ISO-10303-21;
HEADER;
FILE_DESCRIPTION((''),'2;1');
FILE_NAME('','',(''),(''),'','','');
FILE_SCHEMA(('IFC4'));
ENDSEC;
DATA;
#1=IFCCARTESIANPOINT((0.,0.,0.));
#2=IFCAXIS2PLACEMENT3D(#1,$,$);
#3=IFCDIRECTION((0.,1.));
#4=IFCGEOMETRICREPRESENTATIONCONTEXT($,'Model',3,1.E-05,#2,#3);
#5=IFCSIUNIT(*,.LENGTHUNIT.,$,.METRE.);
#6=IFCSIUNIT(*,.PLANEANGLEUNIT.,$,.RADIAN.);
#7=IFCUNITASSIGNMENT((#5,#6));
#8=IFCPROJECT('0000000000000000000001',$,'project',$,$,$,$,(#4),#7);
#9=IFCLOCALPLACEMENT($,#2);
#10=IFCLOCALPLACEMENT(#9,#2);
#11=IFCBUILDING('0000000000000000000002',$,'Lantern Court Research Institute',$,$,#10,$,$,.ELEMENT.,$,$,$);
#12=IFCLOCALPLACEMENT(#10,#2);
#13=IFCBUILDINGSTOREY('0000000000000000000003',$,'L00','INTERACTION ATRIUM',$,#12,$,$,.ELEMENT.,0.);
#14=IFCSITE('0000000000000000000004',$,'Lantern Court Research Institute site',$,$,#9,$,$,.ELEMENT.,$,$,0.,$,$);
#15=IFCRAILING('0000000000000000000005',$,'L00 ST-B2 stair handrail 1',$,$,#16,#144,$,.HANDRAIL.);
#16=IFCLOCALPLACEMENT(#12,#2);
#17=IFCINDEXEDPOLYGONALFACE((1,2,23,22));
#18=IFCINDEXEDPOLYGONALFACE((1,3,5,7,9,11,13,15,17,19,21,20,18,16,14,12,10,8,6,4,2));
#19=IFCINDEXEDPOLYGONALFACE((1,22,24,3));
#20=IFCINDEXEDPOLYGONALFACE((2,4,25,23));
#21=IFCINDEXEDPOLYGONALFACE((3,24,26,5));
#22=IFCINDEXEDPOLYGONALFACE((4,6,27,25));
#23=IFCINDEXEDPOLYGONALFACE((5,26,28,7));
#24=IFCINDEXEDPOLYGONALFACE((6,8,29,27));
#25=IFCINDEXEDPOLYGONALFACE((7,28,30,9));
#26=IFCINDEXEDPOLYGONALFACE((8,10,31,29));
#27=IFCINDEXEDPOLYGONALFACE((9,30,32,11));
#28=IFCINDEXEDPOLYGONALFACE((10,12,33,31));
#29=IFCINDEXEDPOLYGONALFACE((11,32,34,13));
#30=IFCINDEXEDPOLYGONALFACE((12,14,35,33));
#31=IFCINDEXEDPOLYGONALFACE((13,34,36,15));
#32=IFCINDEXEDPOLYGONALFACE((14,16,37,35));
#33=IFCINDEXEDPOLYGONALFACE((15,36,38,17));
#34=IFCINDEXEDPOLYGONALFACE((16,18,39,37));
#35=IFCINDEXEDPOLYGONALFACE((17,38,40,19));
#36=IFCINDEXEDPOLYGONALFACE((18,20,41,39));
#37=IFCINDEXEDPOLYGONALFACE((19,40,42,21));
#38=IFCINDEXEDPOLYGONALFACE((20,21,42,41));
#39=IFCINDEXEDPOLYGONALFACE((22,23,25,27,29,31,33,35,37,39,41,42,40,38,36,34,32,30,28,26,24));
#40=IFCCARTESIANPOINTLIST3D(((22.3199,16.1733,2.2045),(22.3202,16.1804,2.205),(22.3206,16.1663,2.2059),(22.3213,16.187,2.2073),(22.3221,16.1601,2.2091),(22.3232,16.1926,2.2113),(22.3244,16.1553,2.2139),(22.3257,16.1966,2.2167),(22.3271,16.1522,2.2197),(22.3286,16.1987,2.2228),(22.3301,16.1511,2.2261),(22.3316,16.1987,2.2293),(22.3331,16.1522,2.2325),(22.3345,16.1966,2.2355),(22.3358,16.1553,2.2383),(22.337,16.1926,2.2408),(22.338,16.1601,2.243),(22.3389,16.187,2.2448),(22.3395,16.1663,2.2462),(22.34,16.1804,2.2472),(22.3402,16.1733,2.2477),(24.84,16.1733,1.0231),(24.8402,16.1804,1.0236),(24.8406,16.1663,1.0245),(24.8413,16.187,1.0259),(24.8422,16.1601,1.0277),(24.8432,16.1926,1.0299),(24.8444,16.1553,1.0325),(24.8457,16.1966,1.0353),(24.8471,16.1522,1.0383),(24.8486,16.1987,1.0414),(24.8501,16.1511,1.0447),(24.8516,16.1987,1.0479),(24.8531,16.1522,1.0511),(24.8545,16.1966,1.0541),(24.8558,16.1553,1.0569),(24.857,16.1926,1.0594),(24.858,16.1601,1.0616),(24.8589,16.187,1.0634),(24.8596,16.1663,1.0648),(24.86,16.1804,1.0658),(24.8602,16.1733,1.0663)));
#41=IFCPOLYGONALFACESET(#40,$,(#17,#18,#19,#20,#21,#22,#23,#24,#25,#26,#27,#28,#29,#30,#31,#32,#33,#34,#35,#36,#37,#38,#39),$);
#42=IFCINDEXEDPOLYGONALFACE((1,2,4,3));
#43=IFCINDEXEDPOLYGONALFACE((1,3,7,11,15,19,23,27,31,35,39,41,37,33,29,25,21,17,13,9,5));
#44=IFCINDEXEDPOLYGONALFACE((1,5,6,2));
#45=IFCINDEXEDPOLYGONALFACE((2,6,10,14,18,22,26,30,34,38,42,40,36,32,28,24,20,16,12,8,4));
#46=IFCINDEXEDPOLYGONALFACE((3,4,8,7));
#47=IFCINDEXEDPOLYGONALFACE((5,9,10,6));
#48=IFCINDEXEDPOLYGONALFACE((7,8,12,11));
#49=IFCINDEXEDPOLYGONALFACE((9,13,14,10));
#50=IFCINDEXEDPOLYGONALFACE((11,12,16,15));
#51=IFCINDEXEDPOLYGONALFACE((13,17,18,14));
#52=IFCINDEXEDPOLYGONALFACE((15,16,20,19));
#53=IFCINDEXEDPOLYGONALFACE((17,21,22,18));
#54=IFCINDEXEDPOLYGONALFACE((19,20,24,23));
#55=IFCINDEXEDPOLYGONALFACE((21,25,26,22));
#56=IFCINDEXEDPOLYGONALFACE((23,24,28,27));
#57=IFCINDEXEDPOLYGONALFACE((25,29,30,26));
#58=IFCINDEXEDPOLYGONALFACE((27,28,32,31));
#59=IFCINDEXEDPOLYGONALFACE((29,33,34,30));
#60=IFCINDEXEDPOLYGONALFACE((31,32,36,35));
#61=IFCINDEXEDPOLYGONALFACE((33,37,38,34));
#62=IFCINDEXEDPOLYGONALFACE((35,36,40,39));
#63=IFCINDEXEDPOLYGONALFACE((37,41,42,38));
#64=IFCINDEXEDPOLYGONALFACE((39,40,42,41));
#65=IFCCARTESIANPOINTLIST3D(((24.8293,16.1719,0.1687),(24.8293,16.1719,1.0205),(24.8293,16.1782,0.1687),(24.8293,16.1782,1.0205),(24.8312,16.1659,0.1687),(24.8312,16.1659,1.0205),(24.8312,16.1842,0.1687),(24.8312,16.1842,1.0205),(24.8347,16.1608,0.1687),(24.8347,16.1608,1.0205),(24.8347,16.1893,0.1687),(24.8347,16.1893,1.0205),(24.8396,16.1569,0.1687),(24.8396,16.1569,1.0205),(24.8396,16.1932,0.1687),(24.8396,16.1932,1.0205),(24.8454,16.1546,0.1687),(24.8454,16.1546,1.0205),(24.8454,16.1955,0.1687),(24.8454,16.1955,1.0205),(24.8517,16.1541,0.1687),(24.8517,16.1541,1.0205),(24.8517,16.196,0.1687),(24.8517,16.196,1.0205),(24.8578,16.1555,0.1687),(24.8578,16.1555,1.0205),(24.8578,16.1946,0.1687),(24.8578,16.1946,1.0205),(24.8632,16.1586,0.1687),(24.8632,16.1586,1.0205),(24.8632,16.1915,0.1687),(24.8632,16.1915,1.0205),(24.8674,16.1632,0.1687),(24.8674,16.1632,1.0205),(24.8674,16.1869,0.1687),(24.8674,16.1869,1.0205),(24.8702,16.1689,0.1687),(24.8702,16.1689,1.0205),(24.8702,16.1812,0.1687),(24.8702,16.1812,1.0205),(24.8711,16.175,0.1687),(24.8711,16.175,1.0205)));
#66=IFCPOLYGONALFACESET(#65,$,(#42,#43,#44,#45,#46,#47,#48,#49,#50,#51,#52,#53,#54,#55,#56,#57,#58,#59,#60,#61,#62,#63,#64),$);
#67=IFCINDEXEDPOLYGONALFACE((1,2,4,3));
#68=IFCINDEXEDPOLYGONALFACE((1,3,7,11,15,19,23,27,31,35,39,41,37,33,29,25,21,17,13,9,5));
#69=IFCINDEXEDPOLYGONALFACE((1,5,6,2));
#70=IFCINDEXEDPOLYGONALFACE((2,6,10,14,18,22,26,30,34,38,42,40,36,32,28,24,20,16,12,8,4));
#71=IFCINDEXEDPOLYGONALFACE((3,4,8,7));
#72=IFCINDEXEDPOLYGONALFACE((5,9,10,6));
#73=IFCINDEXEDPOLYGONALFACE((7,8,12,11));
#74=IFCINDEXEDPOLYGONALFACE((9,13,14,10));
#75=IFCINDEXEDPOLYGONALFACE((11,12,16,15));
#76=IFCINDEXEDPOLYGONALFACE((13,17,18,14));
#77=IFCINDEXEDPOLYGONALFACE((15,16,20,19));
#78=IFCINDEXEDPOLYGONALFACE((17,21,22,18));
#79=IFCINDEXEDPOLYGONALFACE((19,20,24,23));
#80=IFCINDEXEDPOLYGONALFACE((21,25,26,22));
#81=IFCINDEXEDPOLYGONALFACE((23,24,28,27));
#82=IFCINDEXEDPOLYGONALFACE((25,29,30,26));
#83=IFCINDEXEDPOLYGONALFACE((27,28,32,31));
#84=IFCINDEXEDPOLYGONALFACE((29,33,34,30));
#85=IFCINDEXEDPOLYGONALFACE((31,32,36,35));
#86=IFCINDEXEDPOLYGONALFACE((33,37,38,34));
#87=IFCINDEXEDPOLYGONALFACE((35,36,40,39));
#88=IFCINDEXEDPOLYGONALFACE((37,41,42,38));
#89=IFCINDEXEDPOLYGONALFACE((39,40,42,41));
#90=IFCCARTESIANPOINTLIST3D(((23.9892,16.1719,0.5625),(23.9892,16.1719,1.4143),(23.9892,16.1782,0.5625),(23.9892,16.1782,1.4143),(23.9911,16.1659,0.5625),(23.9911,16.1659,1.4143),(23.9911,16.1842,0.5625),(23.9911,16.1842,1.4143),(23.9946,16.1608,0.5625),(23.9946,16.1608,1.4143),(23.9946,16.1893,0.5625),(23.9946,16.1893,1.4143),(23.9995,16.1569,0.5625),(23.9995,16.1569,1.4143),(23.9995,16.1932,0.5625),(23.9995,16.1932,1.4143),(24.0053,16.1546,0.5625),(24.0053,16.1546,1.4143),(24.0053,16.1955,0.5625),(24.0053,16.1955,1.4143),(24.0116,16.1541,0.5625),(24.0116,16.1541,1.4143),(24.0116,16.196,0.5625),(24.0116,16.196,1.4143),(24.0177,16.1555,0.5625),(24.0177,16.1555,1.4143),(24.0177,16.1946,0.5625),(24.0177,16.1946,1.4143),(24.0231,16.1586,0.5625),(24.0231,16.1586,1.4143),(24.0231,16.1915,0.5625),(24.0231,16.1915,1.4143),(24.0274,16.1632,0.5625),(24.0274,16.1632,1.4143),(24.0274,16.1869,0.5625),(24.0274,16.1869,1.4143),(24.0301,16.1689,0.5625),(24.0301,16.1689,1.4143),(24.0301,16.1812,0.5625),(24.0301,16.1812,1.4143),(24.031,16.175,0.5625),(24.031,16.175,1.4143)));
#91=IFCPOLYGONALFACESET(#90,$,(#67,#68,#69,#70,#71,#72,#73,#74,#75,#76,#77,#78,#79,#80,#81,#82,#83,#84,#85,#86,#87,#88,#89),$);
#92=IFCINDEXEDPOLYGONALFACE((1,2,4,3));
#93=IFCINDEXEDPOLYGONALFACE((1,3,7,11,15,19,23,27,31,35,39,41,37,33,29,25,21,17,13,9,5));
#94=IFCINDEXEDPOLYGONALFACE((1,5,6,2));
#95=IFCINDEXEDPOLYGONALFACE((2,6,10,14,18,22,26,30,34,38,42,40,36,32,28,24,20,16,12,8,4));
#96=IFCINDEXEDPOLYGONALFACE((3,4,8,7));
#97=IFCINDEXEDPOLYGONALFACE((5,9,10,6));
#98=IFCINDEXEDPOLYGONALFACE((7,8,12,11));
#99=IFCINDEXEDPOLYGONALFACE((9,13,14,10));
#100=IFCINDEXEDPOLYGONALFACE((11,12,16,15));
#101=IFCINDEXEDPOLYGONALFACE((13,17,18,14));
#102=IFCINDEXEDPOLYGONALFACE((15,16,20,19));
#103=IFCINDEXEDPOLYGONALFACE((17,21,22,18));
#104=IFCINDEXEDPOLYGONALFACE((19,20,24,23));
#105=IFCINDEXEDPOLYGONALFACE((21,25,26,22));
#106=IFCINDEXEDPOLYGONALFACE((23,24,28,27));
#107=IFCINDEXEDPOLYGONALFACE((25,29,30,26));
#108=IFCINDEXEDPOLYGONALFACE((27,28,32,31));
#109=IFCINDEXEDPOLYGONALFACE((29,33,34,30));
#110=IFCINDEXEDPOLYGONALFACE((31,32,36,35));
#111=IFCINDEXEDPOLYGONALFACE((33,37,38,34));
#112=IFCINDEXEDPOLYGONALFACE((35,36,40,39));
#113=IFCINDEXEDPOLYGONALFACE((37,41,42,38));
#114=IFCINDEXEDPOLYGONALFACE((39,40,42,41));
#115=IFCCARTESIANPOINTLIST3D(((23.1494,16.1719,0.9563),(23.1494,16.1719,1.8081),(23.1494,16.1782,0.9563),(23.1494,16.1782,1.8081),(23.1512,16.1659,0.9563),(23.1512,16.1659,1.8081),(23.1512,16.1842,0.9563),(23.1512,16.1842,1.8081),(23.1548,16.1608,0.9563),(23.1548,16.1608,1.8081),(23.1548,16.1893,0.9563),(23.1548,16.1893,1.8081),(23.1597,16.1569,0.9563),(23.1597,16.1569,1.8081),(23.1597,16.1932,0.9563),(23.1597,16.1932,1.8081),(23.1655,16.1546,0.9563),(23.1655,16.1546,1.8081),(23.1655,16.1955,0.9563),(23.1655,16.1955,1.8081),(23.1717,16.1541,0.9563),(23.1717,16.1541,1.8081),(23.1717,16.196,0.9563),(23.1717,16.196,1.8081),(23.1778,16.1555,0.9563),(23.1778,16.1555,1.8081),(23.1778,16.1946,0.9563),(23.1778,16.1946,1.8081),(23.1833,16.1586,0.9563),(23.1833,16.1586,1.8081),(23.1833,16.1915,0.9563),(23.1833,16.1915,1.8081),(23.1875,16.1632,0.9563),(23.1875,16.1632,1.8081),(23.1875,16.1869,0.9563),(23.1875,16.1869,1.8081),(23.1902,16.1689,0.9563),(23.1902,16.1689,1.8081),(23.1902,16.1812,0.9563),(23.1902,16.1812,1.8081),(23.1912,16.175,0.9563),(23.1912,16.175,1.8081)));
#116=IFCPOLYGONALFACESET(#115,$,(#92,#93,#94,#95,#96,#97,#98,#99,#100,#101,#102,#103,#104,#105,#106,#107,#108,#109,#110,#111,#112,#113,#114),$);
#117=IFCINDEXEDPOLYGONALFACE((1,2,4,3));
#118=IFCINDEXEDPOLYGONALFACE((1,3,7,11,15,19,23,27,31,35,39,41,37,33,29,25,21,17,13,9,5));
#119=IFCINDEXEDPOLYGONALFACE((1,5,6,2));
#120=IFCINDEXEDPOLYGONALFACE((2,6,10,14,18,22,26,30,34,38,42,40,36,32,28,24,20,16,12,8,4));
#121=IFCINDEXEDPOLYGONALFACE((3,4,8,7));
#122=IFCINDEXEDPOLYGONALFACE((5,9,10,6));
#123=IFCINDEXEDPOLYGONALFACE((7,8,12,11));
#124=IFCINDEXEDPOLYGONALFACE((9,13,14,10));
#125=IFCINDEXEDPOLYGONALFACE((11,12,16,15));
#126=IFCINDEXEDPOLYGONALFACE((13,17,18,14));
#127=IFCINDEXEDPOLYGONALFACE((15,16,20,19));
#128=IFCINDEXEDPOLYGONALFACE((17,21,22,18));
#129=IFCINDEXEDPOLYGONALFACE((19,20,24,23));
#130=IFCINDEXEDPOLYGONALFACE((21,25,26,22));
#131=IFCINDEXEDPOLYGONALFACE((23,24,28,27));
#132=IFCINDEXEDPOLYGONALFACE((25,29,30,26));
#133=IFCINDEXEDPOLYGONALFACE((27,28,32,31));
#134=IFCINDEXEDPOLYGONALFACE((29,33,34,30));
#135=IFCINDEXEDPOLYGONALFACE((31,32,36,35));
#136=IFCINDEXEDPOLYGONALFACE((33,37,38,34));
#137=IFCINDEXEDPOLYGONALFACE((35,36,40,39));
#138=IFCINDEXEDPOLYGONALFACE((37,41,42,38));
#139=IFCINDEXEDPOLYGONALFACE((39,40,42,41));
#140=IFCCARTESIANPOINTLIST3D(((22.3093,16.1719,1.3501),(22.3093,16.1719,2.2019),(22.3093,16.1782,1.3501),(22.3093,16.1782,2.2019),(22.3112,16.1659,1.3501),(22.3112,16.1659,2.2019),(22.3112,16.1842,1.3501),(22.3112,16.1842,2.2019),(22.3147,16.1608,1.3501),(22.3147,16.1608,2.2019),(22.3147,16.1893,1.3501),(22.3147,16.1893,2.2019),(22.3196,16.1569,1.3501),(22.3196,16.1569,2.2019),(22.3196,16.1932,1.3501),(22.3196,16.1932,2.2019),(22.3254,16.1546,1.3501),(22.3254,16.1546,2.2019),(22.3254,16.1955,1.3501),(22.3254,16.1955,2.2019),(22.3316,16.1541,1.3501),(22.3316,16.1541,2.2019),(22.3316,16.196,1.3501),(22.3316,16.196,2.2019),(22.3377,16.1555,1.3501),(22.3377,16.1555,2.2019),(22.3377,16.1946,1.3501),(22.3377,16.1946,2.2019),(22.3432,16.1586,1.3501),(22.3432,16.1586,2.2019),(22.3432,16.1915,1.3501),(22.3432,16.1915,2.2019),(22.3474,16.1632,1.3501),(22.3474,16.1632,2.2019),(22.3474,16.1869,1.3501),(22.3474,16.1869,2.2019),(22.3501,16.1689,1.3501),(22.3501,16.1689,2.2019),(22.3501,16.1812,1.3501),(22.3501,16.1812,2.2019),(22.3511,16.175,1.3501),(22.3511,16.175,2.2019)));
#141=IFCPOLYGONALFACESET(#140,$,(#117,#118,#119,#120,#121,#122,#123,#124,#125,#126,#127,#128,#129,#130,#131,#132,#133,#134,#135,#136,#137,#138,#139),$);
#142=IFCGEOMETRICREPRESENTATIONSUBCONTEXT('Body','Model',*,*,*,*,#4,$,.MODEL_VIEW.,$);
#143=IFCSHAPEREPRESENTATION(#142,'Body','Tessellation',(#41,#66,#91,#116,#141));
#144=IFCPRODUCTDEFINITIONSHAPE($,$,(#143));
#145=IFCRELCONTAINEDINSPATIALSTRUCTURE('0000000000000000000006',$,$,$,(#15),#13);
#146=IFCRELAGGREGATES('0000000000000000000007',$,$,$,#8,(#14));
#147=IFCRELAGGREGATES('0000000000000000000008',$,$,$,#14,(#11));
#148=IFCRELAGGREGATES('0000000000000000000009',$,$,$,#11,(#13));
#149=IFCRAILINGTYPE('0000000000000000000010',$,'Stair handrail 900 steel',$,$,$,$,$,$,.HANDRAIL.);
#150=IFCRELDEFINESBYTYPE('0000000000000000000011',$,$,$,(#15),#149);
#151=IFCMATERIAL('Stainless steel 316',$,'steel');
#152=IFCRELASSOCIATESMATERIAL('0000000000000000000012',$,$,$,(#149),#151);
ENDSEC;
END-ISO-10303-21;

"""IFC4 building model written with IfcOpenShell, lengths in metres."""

from ifc_helpers import new_model, si_unit, direction, frame, origin, origin_2d, place, context, subcontext, project, spatial, circle, extrude, material, type_object, element, save


model = new_model("IFC4")

# Units and contexts
model_context = context("Model", 3, precision=1e-05, world=origin(), true_north=direction((0.0, 1.0)))
body_context = subcontext(model_context, "Body", "Model", "MODEL_VIEW")
ifc_project = project(units=[si_unit("LENGTHUNIT", "METRE"), si_unit("PLANEANGLEUNIT", "RADIAN")], contexts=[model_context])

# Site, building, storey
site_placement = place(None, origin())
site = spatial("IfcSite", under=ifc_project, at=site_placement, Name="Lantern Court Research Institute site", CompositionType="ELEMENT", RefElevation=0.0)
building_placement = place(site_placement, origin())
building = spatial("IfcBuilding", under=site, at=building_placement, Name="Lantern Court Research Institute", CompositionType="ELEMENT")
storey_placement = place(building_placement, origin())
storey = spatial("IfcBuildingStorey", under=building, at=storey_placement, Name="L00", Description="INTERACTION ATRIUM", CompositionType="ELEMENT", Elevation=0.0)

# Railing
ifc_material_1 = material(Name="Stainless steel 316", Category="steel")
railing_type_1 = type_object("IfcRailingType", Name="Stair handrail 900 steel", PredefinedType="HANDRAIL", material=ifc_material_1)
for number, where, name in (
    (1, (24.8501, 16.175, 0.1687), "L00 ST-B2 stair handrail 1"),
):
    element("IfcRailing", number, at=place(storey_placement, frame(where)), inside=storey, type_object=railing_type_1, Name=name, PredefinedType="HANDRAIL", context=body_context, shape_type="SweptSolid", body=[
        extrude(circle(Radius=0.0239, at=origin_2d()), frame((0.0, 0.0, 0.876), z_axis=(-0.90544, 0.0, 0.424474), x_axis=(0.0, -1.0, 0.0)), (0.0, 0.0, 1.0), 2.7832),
        extrude(circle(Radius=0.021, at=origin_2d()), origin(), (0.0, 0.0, 1.0), 0.8518),
        extrude(circle(Radius=0.021, at=origin_2d()), frame((-0.8401, 0.0, 0.3938)), (0.0, 0.0, 1.0), 0.8518),
        extrude(circle(Radius=0.021, at=origin_2d()), frame((-1.6799, 0.0, 0.7876)), (0.0, 0.0, 1.0), 0.8518),
        extrude(circle(Radius=0.021, at=origin_2d()), frame((-2.52, 0.0, 1.1814)), (0.0, 0.0, 1.0), 0.8518),
    ])

save(model, "model.ifc")
